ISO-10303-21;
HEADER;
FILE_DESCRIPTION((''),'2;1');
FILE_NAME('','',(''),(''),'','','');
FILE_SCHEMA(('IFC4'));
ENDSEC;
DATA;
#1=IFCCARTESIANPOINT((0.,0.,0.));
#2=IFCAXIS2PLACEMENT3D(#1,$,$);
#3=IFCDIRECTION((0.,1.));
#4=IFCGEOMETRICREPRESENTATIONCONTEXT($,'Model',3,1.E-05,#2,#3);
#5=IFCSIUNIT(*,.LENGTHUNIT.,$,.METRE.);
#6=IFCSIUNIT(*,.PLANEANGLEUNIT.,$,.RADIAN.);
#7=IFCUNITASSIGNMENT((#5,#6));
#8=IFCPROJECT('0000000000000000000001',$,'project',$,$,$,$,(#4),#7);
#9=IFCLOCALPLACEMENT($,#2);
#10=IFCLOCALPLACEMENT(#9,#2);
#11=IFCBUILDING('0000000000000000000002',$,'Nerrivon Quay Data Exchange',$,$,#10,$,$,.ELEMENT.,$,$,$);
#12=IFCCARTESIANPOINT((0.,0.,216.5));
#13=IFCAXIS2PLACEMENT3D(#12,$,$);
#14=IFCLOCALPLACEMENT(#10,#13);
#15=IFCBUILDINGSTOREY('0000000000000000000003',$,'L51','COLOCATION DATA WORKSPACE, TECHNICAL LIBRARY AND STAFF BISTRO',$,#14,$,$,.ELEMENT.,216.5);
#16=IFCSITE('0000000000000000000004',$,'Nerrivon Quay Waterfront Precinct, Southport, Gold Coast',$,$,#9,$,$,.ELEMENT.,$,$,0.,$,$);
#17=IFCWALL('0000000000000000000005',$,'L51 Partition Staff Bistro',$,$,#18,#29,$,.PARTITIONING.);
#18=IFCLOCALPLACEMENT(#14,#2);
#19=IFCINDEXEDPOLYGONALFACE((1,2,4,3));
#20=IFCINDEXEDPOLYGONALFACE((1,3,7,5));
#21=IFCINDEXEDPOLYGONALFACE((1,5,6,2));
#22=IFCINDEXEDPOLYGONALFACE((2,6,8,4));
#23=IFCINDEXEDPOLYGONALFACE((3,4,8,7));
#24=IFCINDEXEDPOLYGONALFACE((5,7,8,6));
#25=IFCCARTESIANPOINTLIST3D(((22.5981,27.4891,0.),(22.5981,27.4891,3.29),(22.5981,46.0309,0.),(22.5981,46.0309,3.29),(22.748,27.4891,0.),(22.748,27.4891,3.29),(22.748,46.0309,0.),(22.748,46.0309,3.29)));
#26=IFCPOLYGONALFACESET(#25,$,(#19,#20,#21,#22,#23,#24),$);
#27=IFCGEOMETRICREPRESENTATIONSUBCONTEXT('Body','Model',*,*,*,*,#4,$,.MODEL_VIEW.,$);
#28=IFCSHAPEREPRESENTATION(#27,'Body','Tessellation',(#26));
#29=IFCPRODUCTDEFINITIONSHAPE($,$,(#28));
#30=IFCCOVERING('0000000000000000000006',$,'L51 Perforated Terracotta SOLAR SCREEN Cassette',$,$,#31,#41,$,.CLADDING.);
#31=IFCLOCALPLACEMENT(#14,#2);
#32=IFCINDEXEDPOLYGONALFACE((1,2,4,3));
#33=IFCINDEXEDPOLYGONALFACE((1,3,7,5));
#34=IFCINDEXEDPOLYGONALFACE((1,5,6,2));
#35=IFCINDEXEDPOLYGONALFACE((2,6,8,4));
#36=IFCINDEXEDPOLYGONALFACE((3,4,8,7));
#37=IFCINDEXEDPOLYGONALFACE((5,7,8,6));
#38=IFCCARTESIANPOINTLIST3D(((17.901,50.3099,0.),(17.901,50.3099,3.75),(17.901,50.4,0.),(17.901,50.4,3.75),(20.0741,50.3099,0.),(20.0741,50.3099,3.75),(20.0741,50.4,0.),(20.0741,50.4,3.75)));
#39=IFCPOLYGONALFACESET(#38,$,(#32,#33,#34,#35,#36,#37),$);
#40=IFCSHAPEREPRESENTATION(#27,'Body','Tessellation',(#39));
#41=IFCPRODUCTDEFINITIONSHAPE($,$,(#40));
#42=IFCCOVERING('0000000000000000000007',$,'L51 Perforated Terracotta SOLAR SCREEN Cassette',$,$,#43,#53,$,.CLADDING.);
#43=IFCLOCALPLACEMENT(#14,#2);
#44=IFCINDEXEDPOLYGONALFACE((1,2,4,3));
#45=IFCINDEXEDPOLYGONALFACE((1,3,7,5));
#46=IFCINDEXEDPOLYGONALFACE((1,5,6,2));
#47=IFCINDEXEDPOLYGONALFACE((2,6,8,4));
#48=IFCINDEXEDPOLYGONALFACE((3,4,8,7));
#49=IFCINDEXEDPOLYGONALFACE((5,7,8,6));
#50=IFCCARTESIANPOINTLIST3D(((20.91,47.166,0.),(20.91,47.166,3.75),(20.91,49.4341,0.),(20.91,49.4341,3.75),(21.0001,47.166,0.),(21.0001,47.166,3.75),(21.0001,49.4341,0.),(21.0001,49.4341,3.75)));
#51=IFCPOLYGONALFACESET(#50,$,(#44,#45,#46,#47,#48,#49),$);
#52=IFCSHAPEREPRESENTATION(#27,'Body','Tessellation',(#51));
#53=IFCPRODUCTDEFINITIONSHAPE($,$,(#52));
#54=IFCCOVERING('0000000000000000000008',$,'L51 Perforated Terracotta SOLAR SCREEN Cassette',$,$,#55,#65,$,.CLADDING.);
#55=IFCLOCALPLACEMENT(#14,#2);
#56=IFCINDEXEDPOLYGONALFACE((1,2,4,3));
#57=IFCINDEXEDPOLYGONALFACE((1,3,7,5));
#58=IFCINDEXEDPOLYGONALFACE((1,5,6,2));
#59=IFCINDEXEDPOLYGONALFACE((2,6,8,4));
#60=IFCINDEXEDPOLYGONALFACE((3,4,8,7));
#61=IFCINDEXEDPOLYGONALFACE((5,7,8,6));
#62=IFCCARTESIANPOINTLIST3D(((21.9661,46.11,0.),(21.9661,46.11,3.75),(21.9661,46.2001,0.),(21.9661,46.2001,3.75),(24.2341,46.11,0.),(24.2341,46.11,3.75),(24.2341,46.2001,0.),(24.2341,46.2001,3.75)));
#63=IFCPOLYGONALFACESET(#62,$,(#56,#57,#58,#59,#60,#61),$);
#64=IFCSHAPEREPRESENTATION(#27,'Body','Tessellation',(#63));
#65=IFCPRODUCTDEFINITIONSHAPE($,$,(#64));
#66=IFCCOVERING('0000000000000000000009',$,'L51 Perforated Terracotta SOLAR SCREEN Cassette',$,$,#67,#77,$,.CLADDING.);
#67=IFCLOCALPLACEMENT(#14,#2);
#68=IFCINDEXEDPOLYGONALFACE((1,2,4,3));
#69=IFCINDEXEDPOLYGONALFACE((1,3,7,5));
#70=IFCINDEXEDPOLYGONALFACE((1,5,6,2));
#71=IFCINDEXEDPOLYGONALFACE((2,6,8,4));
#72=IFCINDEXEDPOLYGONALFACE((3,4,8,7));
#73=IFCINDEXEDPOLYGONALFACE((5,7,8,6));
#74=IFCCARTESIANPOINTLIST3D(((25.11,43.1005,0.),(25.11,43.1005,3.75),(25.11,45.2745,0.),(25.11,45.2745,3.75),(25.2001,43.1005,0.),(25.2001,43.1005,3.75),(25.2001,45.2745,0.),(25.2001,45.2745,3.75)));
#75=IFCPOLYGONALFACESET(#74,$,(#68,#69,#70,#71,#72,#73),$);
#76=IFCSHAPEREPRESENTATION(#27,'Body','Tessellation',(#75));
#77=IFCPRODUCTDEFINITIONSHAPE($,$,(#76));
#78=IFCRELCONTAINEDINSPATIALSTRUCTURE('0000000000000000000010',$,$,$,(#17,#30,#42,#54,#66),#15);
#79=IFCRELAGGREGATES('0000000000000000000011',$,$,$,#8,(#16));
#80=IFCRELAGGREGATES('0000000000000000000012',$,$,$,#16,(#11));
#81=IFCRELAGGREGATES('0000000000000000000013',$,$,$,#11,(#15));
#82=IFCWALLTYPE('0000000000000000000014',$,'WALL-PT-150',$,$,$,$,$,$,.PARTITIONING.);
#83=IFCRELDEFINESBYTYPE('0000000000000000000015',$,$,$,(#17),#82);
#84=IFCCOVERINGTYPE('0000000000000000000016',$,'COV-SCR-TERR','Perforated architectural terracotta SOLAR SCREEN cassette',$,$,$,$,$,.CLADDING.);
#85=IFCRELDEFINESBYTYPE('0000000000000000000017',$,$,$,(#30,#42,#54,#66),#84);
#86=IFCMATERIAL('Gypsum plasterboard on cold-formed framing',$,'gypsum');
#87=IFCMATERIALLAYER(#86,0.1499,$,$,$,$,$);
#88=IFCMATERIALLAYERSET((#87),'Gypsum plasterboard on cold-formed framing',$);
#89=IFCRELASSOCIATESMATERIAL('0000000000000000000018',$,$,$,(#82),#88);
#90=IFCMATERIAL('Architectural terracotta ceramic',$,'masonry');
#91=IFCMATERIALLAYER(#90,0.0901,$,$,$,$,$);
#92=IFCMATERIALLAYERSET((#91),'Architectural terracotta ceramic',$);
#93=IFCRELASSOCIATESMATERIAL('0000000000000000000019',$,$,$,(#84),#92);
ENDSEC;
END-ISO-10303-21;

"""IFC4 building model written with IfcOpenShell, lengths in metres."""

from ifc_helpers import new_model, si_unit, direction, frame, frame_2d, origin, origin_2d, place, context, subcontext, project, spatial, rectangle, extrude, material, layer, layer_set, type_object, element, save


model = new_model("IFC4")

# Units and contexts
model_context = context("Model", 3, precision=1e-05, world=origin(), true_north=direction((0.0, 1.0)))
body_context = subcontext(model_context, "Body", "Model", "MODEL_VIEW")
ifc_project = project(units=[si_unit("LENGTHUNIT", "METRE"), si_unit("PLANEANGLEUNIT", "RADIAN")], contexts=[model_context])

# Site, building, storey
site_placement = place(None, origin())
site = spatial("IfcSite", under=ifc_project, at=site_placement, Name="Nerrivon Quay Waterfront Precinct, Southport, Gold Coast", CompositionType="ELEMENT", RefElevation=0.0)
building_placement = place(site_placement, origin())
building = spatial("IfcBuilding", under=site, at=building_placement, Name="Nerrivon Quay Data Exchange", CompositionType="ELEMENT")
storey_placement = place(building_placement, frame((0.0, 0.0, 216.5)))
storey = spatial("IfcBuildingStorey", under=building, at=storey_placement, Name="L51", Description="COLOCATION DATA WORKSPACE, TECHNICAL LIBRARY AND STAFF BISTRO", CompositionType="ELEMENT", Elevation=216.5)

# Wall
ifc_material_1 = material(Name="Gypsum plasterboard on cold-formed framing", Category="gypsum")
ifc_layer_1 = layer(ifc_material_1, 0.1499)
ifc_layer_set_1 = layer_set([ifc_layer_1], Name="Gypsum plasterboard on cold-formed framing")
wall_type_1 = type_object("IfcWallType", Name="WALL-PT-150", PredefinedType="PARTITIONING", material=ifc_layer_set_1)
wall_1_placement = place(storey_placement, frame((22.6731, 46.031, 0.0), z_axis=(0.0, 0.0, 1.0), x_axis=(0.0, -1.0, 0.0)))
element("IfcWall", 1, at=wall_1_placement, inside=storey, type_object=wall_type_1, Name="L51 Partition Staff Bistro", PredefinedType="PARTITIONING", context=body_context, shape_type="SweptSolid", body=[
    extrude(rectangle(XDim=18.5417, YDim=0.1499, at=frame_2d((9.271, 0.0))), origin(), (0.0, 0.0, 1.0), 3.29),
])

# Coverings
ifc_material_2 = material(Name="Architectural terracotta ceramic", Category="masonry")
ifc_layer_2 = layer(ifc_material_2, 0.0901)
ifc_layer_set_2 = layer_set([ifc_layer_2], Name="Architectural terracotta ceramic")
covering_type = type_object("IfcCoveringType", Name="COV-SCR-TERR", Description="Perforated architectural terracotta SOLAR SCREEN cassette", PredefinedType="CLADDING", material=ifc_layer_set_2)
covering_1_placement = place(storey_placement, frame((18.9875, 50.355, 0.0), z_axis=(0.0, 0.0, 1.0), x_axis=(1.0, 0.0, 0.0)))
element("IfcCovering", 2, at=covering_1_placement, inside=storey, type_object=covering_type, Name="L51 Perforated Terracotta SOLAR SCREEN Cassette", PredefinedType="CLADDING", context=body_context, shape_type="SweptSolid", body=[
    extrude(rectangle(XDim=2.1731, YDim=0.0901, at=origin_2d()), origin(), (0.0, 0.0, 1.0), 3.75),
])
for number, where, z_axis, x_axis, name in (
    (3, (20.9551, 48.3, 0.0), (0.0, 0.0, 1.0), (0.0, -1.0, 0.0), "L51 Perforated Terracotta SOLAR SCREEN Cassette"),
    (4, (23.1001, 46.155, 0.0), (0.0, 0.0, 1.0), (1.0, 0.0, 0.0), "L51 Perforated Terracotta SOLAR SCREEN Cassette"),
):
    element("IfcCovering", number, at=place(storey_placement, frame(where, z_axis=z_axis, x_axis=x_axis)), inside=storey, type_object=covering_type, Name=name, PredefinedType="CLADDING", context=body_context, shape_type="SweptSolid", body=[
        extrude(rectangle(XDim=2.2681, YDim=0.0901, at=origin_2d()), origin(), (0.0, 0.0, 1.0), 3.75),
    ])
covering_2_placement = place(storey_placement, frame((25.155, 44.1875, 0.0), z_axis=(0.0, 0.0, 1.0), x_axis=(0.0, -1.0, 0.0)))
element("IfcCovering", 5, at=covering_2_placement, inside=storey, type_object=covering_type, Name="L51 Perforated Terracotta SOLAR SCREEN Cassette", PredefinedType="CLADDING", context=body_context, shape_type="SweptSolid", body=[
    extrude(rectangle(XDim=2.1741, YDim=0.0901, at=origin_2d()), origin(), (0.0, 0.0, 1.0), 3.75),
])

save(model, "model.ifc")
